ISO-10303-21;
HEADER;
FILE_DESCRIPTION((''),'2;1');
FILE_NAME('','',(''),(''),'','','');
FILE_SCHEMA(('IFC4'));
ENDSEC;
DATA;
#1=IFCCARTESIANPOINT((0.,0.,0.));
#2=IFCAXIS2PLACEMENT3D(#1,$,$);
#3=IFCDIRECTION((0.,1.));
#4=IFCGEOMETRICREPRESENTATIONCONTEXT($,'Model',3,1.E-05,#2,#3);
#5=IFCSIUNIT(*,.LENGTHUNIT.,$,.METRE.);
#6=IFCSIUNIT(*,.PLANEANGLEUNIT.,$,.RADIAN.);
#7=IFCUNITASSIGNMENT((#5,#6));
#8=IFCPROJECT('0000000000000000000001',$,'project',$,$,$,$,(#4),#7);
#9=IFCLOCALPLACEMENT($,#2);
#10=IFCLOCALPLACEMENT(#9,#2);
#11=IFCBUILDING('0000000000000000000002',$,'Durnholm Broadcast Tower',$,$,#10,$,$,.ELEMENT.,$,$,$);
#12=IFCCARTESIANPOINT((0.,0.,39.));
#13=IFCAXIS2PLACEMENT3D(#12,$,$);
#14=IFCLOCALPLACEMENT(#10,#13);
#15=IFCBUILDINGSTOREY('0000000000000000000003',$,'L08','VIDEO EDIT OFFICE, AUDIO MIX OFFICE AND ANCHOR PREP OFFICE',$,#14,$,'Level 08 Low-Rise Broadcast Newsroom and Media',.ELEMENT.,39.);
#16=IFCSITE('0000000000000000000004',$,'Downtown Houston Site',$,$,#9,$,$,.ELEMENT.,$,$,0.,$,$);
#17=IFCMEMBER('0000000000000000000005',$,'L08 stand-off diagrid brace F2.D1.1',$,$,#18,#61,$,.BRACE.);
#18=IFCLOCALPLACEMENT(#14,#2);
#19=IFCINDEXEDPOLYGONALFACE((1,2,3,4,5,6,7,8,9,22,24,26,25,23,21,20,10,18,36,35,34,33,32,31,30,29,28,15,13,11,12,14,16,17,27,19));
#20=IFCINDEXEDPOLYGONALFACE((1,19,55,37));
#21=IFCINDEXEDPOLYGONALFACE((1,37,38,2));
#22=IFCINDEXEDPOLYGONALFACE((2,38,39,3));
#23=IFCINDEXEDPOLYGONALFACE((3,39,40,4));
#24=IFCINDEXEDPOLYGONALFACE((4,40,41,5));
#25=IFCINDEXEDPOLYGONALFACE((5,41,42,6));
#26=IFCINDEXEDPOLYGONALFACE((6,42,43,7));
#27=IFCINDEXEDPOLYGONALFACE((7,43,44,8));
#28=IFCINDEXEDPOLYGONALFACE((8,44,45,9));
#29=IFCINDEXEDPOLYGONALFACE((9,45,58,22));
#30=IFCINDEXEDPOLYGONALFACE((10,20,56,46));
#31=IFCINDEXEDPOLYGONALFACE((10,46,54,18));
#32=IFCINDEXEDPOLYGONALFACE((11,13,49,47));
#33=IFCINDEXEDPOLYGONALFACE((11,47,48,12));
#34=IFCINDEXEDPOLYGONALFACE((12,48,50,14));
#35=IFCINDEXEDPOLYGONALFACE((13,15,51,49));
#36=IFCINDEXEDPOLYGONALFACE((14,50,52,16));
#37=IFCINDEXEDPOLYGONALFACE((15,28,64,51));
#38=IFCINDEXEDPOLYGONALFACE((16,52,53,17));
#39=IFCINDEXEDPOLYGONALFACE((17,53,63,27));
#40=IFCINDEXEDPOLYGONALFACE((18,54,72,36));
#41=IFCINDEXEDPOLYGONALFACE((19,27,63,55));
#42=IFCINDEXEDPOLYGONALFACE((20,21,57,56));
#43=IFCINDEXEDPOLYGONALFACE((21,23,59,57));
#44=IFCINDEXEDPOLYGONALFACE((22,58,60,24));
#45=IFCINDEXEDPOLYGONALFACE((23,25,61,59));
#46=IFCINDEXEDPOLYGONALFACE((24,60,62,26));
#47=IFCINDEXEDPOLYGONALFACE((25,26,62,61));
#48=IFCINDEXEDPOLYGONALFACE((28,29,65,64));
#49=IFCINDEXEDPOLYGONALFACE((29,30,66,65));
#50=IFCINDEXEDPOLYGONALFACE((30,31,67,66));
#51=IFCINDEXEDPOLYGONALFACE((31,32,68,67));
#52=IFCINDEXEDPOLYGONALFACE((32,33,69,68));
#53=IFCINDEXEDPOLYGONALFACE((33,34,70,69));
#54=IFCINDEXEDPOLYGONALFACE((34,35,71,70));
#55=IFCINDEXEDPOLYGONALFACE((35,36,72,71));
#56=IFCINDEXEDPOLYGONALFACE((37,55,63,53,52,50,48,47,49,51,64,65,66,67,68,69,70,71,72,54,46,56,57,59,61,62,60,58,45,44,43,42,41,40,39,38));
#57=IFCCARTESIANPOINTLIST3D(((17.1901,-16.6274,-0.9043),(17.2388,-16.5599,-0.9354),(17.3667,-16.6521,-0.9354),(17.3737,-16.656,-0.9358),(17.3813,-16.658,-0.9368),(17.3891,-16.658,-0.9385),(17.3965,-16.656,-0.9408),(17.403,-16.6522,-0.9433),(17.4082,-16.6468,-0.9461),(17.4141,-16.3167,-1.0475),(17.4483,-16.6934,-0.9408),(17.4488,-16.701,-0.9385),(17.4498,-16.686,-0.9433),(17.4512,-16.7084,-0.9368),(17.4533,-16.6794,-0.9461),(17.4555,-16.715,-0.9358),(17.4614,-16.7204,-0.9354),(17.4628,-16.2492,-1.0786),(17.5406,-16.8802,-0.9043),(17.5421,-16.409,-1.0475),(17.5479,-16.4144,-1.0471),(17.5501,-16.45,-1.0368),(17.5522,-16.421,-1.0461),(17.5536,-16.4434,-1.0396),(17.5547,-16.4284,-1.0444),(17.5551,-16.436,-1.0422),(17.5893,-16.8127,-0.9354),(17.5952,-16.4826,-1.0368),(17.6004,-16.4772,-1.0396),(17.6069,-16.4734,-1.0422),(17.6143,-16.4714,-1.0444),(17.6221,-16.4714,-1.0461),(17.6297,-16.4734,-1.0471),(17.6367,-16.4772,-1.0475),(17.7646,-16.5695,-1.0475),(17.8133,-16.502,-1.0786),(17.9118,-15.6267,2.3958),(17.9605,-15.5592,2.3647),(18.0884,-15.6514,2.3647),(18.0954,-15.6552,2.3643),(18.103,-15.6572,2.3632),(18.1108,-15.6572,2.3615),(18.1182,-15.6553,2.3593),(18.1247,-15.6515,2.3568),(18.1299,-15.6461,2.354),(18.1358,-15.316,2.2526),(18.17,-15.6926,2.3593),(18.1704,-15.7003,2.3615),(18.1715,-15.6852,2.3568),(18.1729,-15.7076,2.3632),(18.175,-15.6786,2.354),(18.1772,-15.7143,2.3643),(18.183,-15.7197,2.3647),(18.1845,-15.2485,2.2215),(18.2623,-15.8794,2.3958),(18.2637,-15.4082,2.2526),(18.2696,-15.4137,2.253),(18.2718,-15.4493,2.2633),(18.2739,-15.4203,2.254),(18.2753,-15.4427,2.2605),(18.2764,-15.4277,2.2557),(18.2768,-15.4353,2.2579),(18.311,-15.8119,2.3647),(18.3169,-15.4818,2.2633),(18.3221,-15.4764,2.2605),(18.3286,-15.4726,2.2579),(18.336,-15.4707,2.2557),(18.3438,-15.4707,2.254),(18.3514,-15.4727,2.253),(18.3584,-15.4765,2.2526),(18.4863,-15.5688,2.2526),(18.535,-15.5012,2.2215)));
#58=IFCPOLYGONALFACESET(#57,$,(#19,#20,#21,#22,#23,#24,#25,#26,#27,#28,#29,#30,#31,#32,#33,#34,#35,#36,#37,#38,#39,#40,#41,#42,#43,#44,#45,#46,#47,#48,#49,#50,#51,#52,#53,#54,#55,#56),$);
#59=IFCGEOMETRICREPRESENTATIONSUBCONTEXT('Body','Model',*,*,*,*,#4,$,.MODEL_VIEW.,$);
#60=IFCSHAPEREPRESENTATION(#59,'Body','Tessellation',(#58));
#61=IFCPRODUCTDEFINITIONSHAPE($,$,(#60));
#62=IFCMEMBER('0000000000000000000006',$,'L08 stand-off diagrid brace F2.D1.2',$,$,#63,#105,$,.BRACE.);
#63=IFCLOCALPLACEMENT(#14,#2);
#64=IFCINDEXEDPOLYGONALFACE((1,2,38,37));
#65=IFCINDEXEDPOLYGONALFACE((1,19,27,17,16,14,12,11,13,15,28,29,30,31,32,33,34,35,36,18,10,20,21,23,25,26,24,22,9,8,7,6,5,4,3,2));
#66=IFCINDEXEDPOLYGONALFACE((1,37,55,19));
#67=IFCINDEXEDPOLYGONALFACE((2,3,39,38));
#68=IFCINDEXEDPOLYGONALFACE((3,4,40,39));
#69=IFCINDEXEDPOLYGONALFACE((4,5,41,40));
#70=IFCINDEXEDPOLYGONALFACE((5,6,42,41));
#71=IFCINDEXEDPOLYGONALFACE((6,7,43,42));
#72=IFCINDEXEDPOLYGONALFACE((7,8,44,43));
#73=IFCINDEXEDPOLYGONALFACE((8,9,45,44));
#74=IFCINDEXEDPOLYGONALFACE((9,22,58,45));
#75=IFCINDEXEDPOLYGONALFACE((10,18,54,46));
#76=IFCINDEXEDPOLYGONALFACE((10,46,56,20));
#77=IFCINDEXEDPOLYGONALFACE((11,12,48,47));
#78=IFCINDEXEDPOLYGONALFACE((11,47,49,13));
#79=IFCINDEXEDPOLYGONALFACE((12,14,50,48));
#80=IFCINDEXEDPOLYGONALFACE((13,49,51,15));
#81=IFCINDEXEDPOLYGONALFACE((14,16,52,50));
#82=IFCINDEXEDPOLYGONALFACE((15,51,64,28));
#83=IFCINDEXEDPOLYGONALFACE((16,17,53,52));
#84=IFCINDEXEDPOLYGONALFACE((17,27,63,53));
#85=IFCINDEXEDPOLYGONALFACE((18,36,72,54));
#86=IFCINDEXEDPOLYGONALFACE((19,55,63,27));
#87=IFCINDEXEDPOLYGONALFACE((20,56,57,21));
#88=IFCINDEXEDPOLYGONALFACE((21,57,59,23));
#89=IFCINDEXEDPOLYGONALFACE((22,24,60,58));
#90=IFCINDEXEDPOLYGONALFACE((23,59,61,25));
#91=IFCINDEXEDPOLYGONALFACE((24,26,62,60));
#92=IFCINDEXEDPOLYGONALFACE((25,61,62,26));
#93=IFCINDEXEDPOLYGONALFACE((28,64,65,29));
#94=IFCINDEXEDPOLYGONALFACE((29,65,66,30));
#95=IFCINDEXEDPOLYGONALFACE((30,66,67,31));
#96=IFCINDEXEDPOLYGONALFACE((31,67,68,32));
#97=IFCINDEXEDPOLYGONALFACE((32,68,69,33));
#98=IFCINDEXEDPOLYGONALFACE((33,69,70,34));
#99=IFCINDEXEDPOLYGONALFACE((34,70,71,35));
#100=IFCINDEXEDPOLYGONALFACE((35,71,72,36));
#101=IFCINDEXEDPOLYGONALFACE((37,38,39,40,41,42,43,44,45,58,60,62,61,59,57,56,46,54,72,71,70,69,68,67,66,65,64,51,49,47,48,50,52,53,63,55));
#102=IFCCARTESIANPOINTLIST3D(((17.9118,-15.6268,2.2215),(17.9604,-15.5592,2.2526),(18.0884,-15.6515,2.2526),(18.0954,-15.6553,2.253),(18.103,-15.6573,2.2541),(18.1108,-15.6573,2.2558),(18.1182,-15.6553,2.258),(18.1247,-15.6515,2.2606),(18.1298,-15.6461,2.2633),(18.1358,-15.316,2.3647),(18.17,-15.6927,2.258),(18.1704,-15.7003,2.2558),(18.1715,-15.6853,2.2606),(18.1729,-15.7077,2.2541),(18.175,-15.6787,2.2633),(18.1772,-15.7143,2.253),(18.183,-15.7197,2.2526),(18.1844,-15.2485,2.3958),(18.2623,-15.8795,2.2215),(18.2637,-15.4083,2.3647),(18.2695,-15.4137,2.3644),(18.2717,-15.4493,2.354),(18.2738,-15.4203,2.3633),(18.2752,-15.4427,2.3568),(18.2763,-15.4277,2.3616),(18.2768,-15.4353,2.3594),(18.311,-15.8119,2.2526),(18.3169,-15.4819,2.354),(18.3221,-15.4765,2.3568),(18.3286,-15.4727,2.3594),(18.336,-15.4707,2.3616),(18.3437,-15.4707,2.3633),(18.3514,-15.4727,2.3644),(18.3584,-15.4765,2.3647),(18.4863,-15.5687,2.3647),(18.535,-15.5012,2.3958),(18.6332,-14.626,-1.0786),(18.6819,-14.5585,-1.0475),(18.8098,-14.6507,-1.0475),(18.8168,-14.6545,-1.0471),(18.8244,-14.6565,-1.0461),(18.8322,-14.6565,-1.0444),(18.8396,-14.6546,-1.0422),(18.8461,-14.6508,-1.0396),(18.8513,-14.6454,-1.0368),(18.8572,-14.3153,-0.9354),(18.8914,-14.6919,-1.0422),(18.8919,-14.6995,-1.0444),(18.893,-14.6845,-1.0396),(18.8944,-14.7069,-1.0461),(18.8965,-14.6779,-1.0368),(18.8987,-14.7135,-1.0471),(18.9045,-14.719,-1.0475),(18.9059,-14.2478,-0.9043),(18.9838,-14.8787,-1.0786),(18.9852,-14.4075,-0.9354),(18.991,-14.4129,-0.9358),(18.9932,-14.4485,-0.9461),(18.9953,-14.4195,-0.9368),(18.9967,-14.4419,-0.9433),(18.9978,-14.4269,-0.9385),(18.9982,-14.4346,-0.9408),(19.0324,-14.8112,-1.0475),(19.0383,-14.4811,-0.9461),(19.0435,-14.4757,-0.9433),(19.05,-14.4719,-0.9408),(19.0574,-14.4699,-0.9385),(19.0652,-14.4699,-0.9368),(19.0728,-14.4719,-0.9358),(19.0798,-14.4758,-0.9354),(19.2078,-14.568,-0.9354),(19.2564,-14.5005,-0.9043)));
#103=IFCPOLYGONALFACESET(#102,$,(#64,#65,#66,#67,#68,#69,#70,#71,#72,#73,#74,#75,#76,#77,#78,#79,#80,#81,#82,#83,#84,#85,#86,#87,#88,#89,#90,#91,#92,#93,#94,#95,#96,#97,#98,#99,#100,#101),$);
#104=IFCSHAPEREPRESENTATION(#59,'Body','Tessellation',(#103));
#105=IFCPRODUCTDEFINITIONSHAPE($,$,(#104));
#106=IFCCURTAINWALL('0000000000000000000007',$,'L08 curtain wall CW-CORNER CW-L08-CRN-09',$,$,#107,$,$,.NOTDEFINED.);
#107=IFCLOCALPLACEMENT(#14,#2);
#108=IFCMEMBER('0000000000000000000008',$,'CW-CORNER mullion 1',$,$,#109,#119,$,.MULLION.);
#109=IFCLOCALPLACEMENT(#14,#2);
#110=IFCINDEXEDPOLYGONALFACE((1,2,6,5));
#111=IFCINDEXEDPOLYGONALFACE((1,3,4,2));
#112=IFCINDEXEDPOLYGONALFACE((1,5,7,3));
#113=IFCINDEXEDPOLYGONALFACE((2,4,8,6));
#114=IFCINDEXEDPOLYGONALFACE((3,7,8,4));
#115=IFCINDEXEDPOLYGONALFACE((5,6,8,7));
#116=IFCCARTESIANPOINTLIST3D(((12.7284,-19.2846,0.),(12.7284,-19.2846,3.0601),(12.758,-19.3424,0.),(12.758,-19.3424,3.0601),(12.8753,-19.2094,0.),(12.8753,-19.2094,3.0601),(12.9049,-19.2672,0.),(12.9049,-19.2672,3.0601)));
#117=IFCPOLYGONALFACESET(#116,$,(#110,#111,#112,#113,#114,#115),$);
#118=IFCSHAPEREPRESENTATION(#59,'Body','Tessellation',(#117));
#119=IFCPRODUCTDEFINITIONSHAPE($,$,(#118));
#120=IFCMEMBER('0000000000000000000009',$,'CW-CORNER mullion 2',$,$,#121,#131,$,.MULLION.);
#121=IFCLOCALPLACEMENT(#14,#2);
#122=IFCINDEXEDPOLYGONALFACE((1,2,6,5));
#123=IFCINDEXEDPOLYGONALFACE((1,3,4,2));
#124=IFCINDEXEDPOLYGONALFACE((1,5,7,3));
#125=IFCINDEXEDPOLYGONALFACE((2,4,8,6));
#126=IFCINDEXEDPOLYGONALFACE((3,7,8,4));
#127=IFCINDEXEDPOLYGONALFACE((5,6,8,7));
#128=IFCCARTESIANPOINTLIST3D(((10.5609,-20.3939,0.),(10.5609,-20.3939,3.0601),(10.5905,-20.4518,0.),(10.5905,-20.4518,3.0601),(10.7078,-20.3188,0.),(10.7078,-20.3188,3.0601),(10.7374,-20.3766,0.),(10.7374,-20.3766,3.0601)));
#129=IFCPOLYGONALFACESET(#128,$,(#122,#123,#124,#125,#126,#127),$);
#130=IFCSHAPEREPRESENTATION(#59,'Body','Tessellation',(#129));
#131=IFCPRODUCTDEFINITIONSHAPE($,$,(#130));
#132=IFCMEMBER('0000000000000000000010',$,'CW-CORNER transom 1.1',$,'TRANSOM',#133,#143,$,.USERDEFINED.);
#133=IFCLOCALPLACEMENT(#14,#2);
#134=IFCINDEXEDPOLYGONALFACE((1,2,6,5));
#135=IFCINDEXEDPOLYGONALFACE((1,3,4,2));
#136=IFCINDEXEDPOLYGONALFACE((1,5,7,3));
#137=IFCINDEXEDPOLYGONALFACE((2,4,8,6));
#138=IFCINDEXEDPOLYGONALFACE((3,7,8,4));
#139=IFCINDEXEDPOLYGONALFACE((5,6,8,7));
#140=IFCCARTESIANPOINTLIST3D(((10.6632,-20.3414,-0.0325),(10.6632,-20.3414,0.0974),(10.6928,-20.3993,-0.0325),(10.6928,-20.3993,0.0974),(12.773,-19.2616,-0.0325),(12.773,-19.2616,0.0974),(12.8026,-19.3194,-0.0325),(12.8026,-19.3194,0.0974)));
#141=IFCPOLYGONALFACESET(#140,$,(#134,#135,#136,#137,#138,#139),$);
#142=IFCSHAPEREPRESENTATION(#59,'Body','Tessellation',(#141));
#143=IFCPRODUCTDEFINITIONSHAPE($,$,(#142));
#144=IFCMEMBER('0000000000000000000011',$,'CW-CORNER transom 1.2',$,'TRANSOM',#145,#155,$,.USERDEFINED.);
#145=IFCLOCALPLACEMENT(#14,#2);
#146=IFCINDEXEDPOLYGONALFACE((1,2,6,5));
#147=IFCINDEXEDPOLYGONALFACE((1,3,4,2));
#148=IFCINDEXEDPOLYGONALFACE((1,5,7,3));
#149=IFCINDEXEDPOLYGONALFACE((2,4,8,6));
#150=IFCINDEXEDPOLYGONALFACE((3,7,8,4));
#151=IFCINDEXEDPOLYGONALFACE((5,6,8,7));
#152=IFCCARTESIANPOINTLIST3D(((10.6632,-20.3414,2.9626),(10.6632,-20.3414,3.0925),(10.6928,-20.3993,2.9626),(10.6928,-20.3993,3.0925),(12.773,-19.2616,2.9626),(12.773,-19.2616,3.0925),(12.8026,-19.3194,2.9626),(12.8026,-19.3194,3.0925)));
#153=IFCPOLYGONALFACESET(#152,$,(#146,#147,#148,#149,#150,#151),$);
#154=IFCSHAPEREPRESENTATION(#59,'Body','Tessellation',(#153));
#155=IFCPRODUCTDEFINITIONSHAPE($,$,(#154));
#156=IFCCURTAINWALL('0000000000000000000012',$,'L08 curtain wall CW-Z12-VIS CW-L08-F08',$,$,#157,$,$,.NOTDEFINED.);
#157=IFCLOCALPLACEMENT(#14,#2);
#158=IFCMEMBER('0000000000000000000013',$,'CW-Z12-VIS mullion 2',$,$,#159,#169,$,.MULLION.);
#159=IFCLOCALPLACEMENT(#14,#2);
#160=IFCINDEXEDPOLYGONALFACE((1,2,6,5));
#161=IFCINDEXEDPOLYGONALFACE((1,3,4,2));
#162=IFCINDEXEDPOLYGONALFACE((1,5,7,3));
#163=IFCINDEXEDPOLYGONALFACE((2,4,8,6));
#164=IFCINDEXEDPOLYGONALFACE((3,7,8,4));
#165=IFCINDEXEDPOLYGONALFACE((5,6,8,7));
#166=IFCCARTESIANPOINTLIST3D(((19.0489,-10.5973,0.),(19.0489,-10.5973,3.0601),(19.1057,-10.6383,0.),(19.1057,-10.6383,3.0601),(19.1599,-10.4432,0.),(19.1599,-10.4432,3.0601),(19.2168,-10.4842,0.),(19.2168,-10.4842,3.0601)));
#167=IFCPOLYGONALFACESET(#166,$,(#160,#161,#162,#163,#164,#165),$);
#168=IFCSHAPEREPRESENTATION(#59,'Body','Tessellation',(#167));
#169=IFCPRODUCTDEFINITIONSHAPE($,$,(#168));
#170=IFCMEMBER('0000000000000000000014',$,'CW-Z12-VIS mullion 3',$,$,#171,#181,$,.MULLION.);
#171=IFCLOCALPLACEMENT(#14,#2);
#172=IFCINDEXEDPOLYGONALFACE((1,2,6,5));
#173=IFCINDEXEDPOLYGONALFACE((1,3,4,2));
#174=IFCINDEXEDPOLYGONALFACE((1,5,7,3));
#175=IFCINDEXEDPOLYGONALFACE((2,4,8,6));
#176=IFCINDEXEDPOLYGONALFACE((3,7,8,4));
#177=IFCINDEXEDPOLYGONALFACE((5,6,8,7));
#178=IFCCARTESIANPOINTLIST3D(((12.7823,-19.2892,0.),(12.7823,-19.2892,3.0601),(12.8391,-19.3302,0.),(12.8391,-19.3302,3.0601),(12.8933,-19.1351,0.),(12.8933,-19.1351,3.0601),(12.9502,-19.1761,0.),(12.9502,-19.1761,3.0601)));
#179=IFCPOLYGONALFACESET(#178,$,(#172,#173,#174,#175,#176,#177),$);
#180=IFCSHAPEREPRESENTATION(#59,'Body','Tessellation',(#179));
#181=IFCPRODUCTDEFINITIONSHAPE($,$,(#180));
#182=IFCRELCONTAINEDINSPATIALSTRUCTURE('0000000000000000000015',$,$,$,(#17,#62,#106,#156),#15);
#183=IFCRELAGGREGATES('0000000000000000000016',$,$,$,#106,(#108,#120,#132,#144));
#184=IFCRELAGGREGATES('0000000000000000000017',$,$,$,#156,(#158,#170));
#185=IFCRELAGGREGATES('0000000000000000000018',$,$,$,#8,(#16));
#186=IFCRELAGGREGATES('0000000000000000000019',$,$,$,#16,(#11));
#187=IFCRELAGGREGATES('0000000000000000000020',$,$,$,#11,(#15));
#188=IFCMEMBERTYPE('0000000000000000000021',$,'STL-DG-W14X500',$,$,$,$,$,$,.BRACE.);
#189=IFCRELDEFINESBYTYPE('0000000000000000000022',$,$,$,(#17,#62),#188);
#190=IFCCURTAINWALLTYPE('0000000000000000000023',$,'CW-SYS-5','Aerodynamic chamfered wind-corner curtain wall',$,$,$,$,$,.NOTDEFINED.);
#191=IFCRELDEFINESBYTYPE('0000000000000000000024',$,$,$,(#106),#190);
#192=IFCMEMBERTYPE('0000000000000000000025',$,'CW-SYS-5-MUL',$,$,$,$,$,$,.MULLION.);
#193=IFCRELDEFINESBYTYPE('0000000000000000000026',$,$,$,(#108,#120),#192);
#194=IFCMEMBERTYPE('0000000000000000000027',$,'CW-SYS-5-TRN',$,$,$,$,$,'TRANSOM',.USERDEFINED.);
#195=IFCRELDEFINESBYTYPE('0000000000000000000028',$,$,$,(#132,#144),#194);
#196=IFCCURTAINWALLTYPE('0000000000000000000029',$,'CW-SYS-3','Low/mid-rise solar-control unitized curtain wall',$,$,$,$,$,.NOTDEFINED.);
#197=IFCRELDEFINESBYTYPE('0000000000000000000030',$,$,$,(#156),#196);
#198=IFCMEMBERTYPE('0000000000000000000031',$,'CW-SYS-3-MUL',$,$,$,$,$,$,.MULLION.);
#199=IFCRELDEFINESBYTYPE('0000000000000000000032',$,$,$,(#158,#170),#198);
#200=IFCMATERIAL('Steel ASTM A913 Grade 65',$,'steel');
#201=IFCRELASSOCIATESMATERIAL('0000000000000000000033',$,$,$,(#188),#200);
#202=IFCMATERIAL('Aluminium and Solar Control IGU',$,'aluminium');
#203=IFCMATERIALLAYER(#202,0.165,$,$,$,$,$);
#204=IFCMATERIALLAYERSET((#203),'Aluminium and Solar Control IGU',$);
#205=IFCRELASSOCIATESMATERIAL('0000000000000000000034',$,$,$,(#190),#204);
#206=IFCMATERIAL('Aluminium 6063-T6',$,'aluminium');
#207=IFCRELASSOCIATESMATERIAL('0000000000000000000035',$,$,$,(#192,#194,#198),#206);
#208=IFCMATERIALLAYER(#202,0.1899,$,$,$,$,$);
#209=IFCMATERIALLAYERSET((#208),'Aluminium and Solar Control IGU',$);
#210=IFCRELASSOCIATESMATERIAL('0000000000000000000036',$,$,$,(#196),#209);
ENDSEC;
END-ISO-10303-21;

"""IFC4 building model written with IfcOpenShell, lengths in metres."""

from ifc_helpers import new_model, si_unit, direction, frame, origin, origin_2d, place, context, subcontext, project, spatial, rectangle, i_section, extrude, source, transform, mapped, material, layer, layer_set, material_profile, profile_set, type_object, type_shapes, element, aggregate, save


model = new_model("IFC4")

# Units and contexts
model_context = context("Model", 3, precision=1e-05, world=origin(), true_north=direction((0.0, 1.0)))
body_context = subcontext(model_context, "Body", "Model", "MODEL_VIEW")
ifc_project = project(units=[si_unit("LENGTHUNIT", "METRE"), si_unit("PLANEANGLEUNIT", "RADIAN")], contexts=[model_context])

# Site, building, storey
site_placement = place(None, origin())
site = spatial("IfcSite", under=ifc_project, at=site_placement, Name="Downtown Houston Site", CompositionType="ELEMENT", RefElevation=0.0)
building_placement = place(site_placement, origin())
building = spatial("IfcBuilding", under=site, at=building_placement, Name="Durnholm Broadcast Tower", CompositionType="ELEMENT")
storey_placement = place(building_placement, frame((0.0, 0.0, 39.0)))
storey = spatial("IfcBuildingStorey", under=building, at=storey_placement, Name="L08", Description="VIDEO EDIT OFFICE, AUDIO MIX OFFICE AND ANCHOR PREP OFFICE", LongName="Level 08 Low-Rise Broadcast Newsroom and Media", CompositionType="ELEMENT", Elevation=39.0)

# Members
ifc_material_1 = material(Name="Steel ASTM A913 Grade 65", Category="steel")
ifc_material_profile_1 = material_profile(ifc_material_1, i_section(OverallWidth=0.4321, OverallDepth=0.4978, WebThickness=0.0557, FlangeThickness=0.0889, FilletRadius=0.0305, at=origin_2d()), Name="W14X500")
ifc_profile_set_1 = profile_set([ifc_material_profile_1], Name="Steel ASTM A913 Grade 65")
member_type_1 = type_object("IfcMemberType", Name="STL-DG-W14X500", PredefinedType="BRACE", material=ifc_profile_set_1)
shared_shape_1 = source(origin(), body_context, "Body", "SweptSolid", [
    extrude(i_section(OverallWidth=0.4321, OverallDepth=0.4978, WebThickness=0.0557, FlangeThickness=0.0889, FilletRadius=0.0305, at=origin_2d()), origin(), (0.0, 0.0, 1.0), 3.5232),
])
type_shapes(member_type_1, [shared_shape_1])
for number, where, z_axis, x_axis, name in (
    (1, (17.5017, -16.5647, -0.9915), (0.204839, 0.284045, 0.936675), (-0.811091, 0.58492, 0.0), "L08 stand-off diagrid brace F2.D1.1"),
    (2, (18.9448, -14.5632, -0.9915), (-0.204773, -0.284049, 0.936688), (0.811185, -0.584789, 0.0), "L08 stand-off diagrid brace F2.D1.2"),
):
    element("IfcMember", number, at=place(storey_placement, frame(where, z_axis=z_axis, x_axis=x_axis)), inside=storey, type_object=member_type_1, Name=name, PredefinedType="BRACE", context=body_context, shape_type="MappedRepresentation", body=[
        mapped(shared_shape_1, transform((0.0, 0.0, 0.0), x_axis=(1.0, 0.0, 0.0), y_axis=(0.0, 1.0, 0.0), z_axis=(0.0, 0.0, 1.0), scale=1.0)),
    ])

# Curtain walls, members
ifc_material_2 = material(Name="Aluminium and Solar Control IGU", Category="aluminium")
ifc_layer_1 = layer(ifc_material_2, 0.165)
ifc_layer_set_1 = layer_set([ifc_layer_1], Name="Aluminium and Solar Control IGU")
curtain_wall_type_1 = type_object("IfcCurtainWallType", Name="CW-SYS-5", Description="Aerodynamic chamfered wind-corner curtain wall", PredefinedType="NOTDEFINED", material=ifc_layer_set_1)
curtain_wall_1_placement = place(storey_placement, origin())
curtain_wall_1 = element("IfcCurtainWall", 3, at=curtain_wall_1_placement, inside=storey, type_object=curtain_wall_type_1, Name="L08 curtain wall CW-CORNER CW-L08-CRN-09", PredefinedType="NOTDEFINED")
ifc_material_3 = material(Name="Aluminium 6063-T6", Category="aluminium")
ifc_material_profile_2 = material_profile(ifc_material_3, rectangle(XDim=0.0649, YDim=0.165, at=origin_2d()), Name="CWM65X165")
ifc_profile_set_2 = profile_set([ifc_material_profile_2], Name="Aluminium 6063-T6")
member_type_2 = type_object("IfcMemberType", Name="CW-SYS-5-MUL", PredefinedType="MULLION", material=ifc_profile_set_2)
shared_shape_2 = source(origin(), body_context, "Body", "SweptSolid", [
    extrude(rectangle(XDim=0.0649, YDim=0.165, at=origin_2d()), origin(), (0.0, 0.0, 1.0), 3.0601),
])
type_shapes(member_type_2, [shared_shape_2])
member_1_placement = place(storey_placement, frame((12.8167, -19.2759, 0.0), z_axis=(0.0, 0.0, 1.0), x_axis=(0.455594, -0.890188, 0.0)))
member_1 = element("IfcMember", 4, at=member_1_placement, type_object=member_type_2, Name="CW-CORNER mullion 1", PredefinedType="MULLION", context=body_context, shape_type="MappedRepresentation", body=[
    mapped(shared_shape_2, transform((0.0, 0.0, 0.0), x_axis=(1.0, 0.0, 0.0), y_axis=(0.0, 1.0, 0.0), z_axis=(0.0, 0.0, 1.0), scale=1.0)),
])
member_2_placement = place(storey_placement, frame((10.6492, -20.3853, 0.0), z_axis=(0.0, 0.0, 1.0), x_axis=(0.455594, -0.890188, 0.0)))
member_2 = element("IfcMember", 5, at=member_2_placement, type_object=member_type_2, Name="CW-CORNER mullion 2", PredefinedType="MULLION", context=body_context, shape_type="MappedRepresentation", body=[
    mapped(shared_shape_2, transform((0.0, 0.0, 0.0), x_axis=(1.0, 0.0, 0.0), y_axis=(0.0, 1.0, 0.0), z_axis=(0.0, 0.0, 1.0), scale=1.0)),
])
ifc_material_profile_3 = material_profile(ifc_material_3, rectangle(XDim=0.0649, YDim=0.1299, at=origin_2d()), Name="CWT65X130")
ifc_profile_set_3 = profile_set([ifc_material_profile_3], Name="Aluminium 6063-T6")
member_type_3 = type_object("IfcMemberType", Name="CW-SYS-5-TRN", ElementType="TRANSOM", PredefinedType="USERDEFINED", material=ifc_profile_set_3)
shared_shape_3 = source(origin(), body_context, "Body", "SweptSolid", [
    extrude(rectangle(XDim=0.0649, YDim=0.1299, at=origin_2d()), origin(), (0.0, 0.0, 1.0), 2.3701),
])
type_shapes(member_type_3, [shared_shape_3])
member_3_placement = place(storey_placement, frame((12.7878, -19.2905, 0.0325), z_axis=(-0.890185, -0.455599, 0.0), x_axis=(0.455599, -0.890185, 0.0)))
member_3 = element("IfcMember", 6, at=member_3_placement, type_object=member_type_3, Name="CW-CORNER transom 1.1", ObjectType="TRANSOM", PredefinedType="USERDEFINED", context=body_context, shape_type="MappedRepresentation", body=[
    mapped(shared_shape_3, transform((0.0, 0.0, 0.0), x_axis=(1.0, 0.0, 0.0), y_axis=(0.0, 1.0, 0.0), z_axis=(0.0, 0.0, 1.0), scale=1.0)),
])
member_4_placement = place(storey_placement, frame((12.7878, -19.2905, 3.0276), z_axis=(-0.890185, -0.455599, 0.0), x_axis=(0.455599, -0.890185, 0.0)))
member_4 = element("IfcMember", 7, at=member_4_placement, type_object=member_type_3, Name="CW-CORNER transom 1.2", ObjectType="TRANSOM", PredefinedType="USERDEFINED", context=body_context, shape_type="MappedRepresentation", body=[
    mapped(shared_shape_3, transform((0.0, 0.0, 0.0), x_axis=(1.0, 0.0, 0.0), y_axis=(0.0, 1.0, 0.0), z_axis=(0.0, 0.0, 1.0), scale=1.0)),
])
ifc_layer_2 = layer(ifc_material_2, 0.1899)
ifc_layer_set_2 = layer_set([ifc_layer_2], Name="Aluminium and Solar Control IGU")
curtain_wall_type_2 = type_object("IfcCurtainWallType", Name="CW-SYS-3", Description="Low/mid-rise solar-control unitized curtain wall", PredefinedType="NOTDEFINED", material=ifc_layer_set_2)
curtain_wall_2_placement = place(storey_placement, origin())
curtain_wall_2 = element("IfcCurtainWall", 8, at=curtain_wall_2_placement, inside=storey, type_object=curtain_wall_type_2, Name="L08 curtain wall CW-Z12-VIS CW-L08-F08", PredefinedType="NOTDEFINED")
ifc_material_profile_4 = material_profile(ifc_material_3, rectangle(XDim=0.0701, YDim=0.1899, at=origin_2d()), Name="CWM70X190")
ifc_profile_set_4 = profile_set([ifc_material_profile_4], Name="Aluminium 6063-T6")
member_type_4 = type_object("IfcMemberType", Name="CW-SYS-3-MUL", PredefinedType="MULLION", material=ifc_profile_set_4)
shared_shape_4 = source(origin(), body_context, "Body", "SweptSolid", [
    extrude(rectangle(XDim=0.0701, YDim=0.1899, at=origin_2d()), origin(), (0.0, 0.0, 1.0), 3.0601),
])
type_shapes(member_type_4, [shared_shape_4])
member_5_placement = place(storey_placement, frame((19.1328, -10.5408, 0.0), z_axis=(0.0, 0.0, 1.0), x_axis=(0.811161, -0.584823, 0.0)))
member_5 = element("IfcMember", 9, at=member_5_placement, type_object=member_type_4, Name="CW-Z12-VIS mullion 2", PredefinedType="MULLION", context=body_context, shape_type="MappedRepresentation", body=[
    mapped(shared_shape_4, transform((0.0, 0.0, 0.0), x_axis=(1.0, 0.0, 0.0), y_axis=(0.0, 1.0, 0.0), z_axis=(0.0, 0.0, 1.0), scale=1.0)),
])
member_6_placement = place(storey_placement, frame((12.8662, -19.2327, 0.0), z_axis=(0.0, 0.0, 1.0), x_axis=(0.811161, -0.584823, 0.0)))
member_6 = element("IfcMember", 10, at=member_6_placement, type_object=member_type_4, Name="CW-Z12-VIS mullion 3", PredefinedType="MULLION", context=body_context, shape_type="MappedRepresentation", body=[
    mapped(shared_shape_4, transform((0.0, 0.0, 0.0), x_axis=(1.0, 0.0, 0.0), y_axis=(0.0, 1.0, 0.0), z_axis=(0.0, 0.0, 1.0), scale=1.0)),
])

aggregate(curtain_wall_1, [member_1, member_2, member_3, member_4])
aggregate(curtain_wall_2, [member_5, member_6])

save(model, "model.ifc")
